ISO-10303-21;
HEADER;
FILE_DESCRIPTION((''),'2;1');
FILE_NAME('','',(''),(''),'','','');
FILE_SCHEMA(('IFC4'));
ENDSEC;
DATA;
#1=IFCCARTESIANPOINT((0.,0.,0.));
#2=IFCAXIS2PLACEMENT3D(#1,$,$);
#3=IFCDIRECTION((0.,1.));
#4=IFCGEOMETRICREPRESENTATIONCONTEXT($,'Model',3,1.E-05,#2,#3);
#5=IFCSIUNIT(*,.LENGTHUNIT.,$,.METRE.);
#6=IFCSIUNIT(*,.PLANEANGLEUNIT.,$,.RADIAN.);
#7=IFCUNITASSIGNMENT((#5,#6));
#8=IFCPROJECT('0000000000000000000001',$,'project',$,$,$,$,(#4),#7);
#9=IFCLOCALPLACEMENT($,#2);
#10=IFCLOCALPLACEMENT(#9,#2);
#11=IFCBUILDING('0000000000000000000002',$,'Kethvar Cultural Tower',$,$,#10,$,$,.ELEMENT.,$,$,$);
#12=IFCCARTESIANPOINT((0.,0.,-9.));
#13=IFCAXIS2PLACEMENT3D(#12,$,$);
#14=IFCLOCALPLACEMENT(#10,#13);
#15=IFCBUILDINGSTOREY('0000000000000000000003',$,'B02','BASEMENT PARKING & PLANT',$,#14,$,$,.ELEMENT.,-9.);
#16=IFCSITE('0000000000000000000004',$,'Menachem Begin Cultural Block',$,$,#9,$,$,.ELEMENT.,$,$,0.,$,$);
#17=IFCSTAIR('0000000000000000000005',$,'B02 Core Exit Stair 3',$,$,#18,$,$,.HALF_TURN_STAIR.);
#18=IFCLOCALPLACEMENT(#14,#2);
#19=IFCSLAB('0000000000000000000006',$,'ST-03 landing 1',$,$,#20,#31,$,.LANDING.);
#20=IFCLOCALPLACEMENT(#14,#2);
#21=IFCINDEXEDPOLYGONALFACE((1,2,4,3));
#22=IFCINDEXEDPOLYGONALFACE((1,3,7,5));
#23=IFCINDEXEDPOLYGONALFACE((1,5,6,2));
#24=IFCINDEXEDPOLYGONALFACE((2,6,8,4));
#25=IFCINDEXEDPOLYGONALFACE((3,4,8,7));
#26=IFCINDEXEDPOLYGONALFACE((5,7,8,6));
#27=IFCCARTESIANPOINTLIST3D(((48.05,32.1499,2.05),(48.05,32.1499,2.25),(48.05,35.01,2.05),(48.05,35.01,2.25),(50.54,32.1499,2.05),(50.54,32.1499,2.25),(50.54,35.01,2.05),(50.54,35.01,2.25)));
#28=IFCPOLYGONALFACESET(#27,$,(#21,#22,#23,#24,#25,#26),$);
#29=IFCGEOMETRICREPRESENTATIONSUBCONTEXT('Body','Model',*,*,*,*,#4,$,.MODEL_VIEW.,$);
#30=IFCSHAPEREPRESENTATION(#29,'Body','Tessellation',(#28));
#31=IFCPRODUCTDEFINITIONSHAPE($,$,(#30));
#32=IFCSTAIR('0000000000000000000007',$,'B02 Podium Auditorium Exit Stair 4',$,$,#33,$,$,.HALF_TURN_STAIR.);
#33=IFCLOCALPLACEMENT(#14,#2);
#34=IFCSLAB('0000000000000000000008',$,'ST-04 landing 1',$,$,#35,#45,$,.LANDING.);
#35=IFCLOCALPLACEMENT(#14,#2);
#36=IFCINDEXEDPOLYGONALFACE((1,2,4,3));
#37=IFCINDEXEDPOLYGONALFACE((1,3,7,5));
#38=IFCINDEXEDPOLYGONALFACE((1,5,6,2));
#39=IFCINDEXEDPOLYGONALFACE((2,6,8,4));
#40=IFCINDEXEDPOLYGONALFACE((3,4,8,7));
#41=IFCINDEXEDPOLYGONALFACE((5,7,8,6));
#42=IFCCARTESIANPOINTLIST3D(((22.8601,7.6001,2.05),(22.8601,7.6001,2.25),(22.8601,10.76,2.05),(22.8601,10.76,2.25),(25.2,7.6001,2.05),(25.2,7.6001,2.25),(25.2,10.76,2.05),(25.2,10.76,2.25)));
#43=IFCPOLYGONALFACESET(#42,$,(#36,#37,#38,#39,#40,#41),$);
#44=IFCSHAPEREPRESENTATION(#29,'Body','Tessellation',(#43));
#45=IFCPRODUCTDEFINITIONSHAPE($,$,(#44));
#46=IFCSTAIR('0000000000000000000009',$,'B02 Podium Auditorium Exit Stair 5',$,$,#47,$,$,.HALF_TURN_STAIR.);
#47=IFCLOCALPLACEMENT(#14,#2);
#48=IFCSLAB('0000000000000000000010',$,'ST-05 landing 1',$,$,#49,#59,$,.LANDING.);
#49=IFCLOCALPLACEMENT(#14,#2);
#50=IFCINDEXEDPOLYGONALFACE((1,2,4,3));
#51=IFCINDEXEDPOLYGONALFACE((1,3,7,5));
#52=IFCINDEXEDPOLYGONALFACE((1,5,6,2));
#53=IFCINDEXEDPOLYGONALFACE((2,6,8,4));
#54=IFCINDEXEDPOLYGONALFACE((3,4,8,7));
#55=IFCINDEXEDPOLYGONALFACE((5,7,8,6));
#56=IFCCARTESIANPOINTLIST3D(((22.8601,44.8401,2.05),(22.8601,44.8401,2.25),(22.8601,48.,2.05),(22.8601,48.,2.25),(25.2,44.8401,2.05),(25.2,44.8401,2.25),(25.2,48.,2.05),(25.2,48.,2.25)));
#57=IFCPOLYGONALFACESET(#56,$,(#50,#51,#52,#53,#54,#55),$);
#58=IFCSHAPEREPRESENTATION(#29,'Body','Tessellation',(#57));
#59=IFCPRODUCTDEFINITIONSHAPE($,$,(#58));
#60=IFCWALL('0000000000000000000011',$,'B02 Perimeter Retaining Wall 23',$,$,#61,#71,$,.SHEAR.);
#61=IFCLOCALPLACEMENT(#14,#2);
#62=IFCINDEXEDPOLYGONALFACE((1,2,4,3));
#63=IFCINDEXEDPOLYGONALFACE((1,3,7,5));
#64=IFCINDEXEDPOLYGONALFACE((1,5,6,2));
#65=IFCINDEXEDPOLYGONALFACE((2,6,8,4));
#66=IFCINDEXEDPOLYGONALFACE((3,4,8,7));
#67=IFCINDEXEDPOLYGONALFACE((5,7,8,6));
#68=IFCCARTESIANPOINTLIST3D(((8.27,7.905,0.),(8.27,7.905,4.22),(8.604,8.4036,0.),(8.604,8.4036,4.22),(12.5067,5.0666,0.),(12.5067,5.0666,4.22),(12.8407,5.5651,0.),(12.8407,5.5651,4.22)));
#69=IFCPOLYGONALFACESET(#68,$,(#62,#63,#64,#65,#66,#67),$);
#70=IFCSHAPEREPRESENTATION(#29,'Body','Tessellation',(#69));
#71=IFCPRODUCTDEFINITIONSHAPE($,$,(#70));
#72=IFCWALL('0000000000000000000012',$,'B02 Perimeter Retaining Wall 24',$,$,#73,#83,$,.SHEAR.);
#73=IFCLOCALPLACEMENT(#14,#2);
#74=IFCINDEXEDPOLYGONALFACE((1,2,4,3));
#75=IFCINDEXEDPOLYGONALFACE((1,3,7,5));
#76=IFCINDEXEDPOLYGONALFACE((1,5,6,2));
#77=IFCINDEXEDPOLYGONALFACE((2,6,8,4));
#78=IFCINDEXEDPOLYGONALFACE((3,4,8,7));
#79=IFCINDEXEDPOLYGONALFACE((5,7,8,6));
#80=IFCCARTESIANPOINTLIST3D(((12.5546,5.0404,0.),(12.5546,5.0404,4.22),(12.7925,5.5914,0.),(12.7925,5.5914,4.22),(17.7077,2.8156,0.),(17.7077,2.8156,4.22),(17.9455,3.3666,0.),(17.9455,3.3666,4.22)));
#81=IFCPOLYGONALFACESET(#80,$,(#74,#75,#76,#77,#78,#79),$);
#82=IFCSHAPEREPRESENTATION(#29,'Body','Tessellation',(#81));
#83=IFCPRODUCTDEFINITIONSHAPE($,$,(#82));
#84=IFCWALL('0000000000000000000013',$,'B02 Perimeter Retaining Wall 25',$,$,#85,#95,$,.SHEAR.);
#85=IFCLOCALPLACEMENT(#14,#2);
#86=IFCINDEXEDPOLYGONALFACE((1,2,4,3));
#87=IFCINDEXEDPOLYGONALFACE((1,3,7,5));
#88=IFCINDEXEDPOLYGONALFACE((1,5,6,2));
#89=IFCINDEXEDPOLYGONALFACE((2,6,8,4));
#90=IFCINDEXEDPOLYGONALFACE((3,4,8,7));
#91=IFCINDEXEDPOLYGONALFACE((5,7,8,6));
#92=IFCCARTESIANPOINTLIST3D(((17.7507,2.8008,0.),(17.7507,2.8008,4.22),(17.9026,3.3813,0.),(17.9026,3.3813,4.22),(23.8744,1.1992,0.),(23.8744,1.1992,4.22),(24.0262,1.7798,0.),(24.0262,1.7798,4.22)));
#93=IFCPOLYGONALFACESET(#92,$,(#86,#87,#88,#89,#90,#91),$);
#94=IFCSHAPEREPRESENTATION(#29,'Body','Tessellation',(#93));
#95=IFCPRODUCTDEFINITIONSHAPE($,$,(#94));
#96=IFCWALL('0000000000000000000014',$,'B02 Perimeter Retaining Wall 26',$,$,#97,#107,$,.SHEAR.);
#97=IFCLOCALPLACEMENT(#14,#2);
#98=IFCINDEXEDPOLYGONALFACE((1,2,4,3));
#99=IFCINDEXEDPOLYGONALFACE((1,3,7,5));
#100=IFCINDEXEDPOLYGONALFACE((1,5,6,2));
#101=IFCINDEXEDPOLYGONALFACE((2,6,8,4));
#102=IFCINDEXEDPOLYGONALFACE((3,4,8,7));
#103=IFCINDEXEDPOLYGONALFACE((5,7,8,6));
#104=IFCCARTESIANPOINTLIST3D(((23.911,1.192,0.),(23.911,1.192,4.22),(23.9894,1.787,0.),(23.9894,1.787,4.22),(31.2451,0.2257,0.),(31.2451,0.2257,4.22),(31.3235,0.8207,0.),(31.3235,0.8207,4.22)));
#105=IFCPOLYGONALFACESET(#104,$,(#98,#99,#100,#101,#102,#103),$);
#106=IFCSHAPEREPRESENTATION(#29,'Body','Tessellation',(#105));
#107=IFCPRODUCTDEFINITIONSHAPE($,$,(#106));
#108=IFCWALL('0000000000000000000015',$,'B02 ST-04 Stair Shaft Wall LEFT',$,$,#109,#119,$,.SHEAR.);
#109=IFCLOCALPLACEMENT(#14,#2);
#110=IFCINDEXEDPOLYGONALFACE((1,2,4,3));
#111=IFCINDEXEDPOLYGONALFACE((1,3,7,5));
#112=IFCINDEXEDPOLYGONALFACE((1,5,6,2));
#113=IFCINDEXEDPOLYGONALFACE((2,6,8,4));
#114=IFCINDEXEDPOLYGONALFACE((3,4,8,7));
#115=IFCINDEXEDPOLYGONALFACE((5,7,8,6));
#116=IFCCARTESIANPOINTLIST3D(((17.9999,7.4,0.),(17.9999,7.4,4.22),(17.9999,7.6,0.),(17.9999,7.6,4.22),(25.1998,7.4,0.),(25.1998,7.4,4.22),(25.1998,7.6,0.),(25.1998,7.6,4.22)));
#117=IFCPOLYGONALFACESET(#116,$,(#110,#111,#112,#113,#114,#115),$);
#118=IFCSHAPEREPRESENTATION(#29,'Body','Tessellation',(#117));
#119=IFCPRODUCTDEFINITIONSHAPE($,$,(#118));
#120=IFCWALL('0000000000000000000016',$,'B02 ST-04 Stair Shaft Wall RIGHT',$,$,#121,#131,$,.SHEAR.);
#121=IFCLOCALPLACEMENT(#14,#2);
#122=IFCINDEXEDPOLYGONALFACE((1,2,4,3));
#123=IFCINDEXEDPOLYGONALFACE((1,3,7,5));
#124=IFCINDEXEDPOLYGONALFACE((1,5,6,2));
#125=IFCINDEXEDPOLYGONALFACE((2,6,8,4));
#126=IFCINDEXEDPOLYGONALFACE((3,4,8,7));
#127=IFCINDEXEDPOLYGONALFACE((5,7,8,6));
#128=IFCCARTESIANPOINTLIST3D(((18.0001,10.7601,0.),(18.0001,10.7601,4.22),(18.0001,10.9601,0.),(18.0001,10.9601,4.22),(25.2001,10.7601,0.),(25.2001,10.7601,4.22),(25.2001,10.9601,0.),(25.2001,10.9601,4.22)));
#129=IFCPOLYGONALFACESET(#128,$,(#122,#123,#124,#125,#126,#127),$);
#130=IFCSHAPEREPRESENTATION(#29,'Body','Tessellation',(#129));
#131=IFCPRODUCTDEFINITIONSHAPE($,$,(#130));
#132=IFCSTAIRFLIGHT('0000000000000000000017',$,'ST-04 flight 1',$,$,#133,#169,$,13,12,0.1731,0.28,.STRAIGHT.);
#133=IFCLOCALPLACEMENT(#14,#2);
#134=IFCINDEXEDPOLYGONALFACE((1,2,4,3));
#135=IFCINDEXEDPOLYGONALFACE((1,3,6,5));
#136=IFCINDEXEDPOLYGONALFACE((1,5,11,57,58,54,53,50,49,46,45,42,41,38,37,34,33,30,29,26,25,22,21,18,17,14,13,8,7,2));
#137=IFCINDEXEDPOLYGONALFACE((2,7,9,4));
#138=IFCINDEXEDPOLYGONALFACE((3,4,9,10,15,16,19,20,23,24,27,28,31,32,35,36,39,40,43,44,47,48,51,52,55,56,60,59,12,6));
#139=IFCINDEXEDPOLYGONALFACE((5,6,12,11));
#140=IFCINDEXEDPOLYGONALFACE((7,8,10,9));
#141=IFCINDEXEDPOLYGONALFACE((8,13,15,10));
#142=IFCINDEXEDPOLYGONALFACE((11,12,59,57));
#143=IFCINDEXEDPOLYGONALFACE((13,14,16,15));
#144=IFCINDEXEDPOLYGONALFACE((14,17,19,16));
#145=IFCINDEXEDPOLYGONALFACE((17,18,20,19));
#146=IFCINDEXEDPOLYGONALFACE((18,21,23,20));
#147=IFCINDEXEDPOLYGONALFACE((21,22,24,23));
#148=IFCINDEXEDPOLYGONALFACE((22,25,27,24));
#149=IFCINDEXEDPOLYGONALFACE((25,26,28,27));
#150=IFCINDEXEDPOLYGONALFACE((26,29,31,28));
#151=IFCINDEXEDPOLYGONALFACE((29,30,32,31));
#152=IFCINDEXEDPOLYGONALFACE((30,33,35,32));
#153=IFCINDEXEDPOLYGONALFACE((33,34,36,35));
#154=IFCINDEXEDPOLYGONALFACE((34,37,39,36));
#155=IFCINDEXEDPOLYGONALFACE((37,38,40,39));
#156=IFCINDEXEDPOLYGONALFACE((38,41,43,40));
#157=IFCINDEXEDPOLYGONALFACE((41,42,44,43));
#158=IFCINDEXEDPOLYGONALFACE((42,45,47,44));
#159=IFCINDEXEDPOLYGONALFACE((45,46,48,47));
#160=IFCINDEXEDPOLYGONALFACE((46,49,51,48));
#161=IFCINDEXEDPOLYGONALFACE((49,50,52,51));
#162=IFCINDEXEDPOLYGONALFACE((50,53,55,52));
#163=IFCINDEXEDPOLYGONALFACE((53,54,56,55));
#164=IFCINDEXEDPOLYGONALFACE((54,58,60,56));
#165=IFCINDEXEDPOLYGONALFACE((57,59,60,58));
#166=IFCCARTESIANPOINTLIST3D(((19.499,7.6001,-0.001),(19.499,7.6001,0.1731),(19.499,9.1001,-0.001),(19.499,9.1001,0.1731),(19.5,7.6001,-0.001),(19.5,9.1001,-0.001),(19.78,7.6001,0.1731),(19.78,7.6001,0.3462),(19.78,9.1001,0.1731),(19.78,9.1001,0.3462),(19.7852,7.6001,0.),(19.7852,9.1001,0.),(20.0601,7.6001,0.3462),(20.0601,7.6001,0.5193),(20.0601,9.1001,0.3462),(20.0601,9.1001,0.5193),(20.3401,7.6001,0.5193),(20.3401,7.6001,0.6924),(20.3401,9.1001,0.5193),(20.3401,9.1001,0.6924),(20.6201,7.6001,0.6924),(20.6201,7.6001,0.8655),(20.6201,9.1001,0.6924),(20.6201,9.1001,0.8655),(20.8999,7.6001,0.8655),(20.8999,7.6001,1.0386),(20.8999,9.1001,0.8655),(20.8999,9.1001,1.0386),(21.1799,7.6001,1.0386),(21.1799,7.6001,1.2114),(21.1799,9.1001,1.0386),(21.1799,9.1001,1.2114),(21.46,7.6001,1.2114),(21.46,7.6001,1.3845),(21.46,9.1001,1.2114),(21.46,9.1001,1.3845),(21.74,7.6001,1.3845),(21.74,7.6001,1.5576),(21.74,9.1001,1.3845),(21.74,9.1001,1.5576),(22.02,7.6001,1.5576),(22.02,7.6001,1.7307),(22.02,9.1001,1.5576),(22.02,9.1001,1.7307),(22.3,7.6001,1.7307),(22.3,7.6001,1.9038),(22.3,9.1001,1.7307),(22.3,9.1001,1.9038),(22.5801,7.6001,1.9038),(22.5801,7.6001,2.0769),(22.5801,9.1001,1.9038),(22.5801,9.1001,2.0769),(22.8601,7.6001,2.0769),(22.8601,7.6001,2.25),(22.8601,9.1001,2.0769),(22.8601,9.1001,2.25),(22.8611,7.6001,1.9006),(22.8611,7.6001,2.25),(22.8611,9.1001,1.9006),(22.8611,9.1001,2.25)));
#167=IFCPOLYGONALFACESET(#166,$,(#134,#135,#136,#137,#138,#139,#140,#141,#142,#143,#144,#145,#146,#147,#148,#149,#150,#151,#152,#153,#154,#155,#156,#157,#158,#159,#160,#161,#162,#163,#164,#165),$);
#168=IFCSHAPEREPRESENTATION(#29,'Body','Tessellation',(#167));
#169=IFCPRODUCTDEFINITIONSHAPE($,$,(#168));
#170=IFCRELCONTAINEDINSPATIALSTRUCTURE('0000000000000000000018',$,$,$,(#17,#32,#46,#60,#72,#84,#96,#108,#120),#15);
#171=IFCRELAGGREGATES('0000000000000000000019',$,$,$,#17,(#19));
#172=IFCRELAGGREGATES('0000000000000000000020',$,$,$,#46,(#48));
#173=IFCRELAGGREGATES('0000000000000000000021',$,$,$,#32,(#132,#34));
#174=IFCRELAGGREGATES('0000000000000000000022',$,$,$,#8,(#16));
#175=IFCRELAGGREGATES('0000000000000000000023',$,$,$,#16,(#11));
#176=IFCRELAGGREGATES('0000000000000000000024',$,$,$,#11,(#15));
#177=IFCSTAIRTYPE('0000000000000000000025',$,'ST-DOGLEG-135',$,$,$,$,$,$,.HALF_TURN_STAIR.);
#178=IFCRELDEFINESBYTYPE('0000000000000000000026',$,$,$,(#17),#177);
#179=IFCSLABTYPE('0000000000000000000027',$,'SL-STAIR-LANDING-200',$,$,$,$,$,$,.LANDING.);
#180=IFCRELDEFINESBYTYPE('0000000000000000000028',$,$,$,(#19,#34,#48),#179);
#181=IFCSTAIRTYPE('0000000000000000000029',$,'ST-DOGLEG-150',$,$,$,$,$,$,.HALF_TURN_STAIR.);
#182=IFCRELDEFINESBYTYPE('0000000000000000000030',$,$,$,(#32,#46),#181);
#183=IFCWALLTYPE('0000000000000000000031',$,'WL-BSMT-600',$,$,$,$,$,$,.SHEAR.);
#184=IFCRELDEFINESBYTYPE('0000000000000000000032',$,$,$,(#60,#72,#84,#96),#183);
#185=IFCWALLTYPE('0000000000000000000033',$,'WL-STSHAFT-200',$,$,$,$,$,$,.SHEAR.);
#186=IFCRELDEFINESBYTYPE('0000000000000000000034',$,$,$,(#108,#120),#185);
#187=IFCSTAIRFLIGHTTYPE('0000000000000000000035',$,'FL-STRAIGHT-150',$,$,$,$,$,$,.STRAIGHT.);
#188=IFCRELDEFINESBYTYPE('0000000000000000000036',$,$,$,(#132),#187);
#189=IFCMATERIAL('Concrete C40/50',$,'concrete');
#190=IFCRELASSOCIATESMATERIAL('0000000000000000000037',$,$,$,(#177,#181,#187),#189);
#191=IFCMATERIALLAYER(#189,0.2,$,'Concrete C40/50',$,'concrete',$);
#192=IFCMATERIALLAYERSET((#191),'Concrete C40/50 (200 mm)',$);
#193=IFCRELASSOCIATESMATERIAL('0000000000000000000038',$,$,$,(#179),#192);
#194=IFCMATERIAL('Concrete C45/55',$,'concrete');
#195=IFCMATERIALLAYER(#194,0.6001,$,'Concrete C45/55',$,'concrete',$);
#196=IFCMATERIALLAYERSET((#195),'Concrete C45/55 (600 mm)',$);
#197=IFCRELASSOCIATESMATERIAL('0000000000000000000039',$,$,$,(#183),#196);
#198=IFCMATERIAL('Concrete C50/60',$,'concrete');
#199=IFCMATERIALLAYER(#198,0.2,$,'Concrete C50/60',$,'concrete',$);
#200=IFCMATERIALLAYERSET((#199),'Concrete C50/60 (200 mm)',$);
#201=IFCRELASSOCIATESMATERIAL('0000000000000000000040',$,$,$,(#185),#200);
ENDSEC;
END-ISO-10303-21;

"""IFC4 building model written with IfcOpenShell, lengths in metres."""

from ifc_helpers import new_model, si_unit, direction, frame, frame_2d, origin, place, context, subcontext, project, spatial, polyline, rectangle, outline, extrude, material, layer, layer_set, type_object, element, aggregate, save


model = new_model("IFC4")

# Units and contexts
model_context = context("Model", 3, precision=1e-05, world=origin(), true_north=direction((0.0, 1.0)))
body_context = subcontext(model_context, "Body", "Model", "MODEL_VIEW")
ifc_project = project(units=[si_unit("LENGTHUNIT", "METRE"), si_unit("PLANEANGLEUNIT", "RADIAN")], contexts=[model_context])

# Site, building, storey
site_placement = place(None, origin())
site = spatial("IfcSite", under=ifc_project, at=site_placement, Name="Menachem Begin Cultural Block", CompositionType="ELEMENT", RefElevation=0.0)
building_placement = place(site_placement, origin())
building = spatial("IfcBuilding", under=site, at=building_placement, Name="Kethvar Cultural Tower", CompositionType="ELEMENT")
storey_placement = place(building_placement, frame((0.0, 0.0, -9.0)))
storey = spatial("IfcBuildingStorey", under=building, at=storey_placement, Name="B02", Description="BASEMENT PARKING & PLANT", CompositionType="ELEMENT", Elevation=-9.0)

# Shared definitions
ifc_material_1 = material(Name="Concrete C50/60", Category="concrete")

# Shared definitions
ifc_material_2 = material(Name="Concrete C45/55", Category="concrete")

# Stairs, slabs
ifc_material_3 = material(Name="Concrete C40/50", Category="concrete")
stair_type_1 = type_object("IfcStairType", Name="ST-DOGLEG-135", PredefinedType="HALF_TURN_STAIR", material=ifc_material_3)
ifc_layer_1 = layer(ifc_material_3, 0.2, Name="Concrete C40/50", Category="concrete")
ifc_layer_set_1 = layer_set([ifc_layer_1], Name="Concrete C40/50 (200 mm)")
slab_type_1 = type_object("IfcSlabType", Name="SL-STAIR-LANDING-200", PredefinedType="LANDING", material=ifc_layer_set_1)
stair_1_placement = place(storey_placement, origin())
stair_1 = element("IfcStair", 1, at=stair_1_placement, inside=storey, type_object=stair_type_1, Name="B02 Core Exit Stair 3", PredefinedType="HALF_TURN_STAIR")
slab_1_placement = place(storey_placement, frame((0.0, 0.0, 2.05)))
slab_1 = element("IfcSlab", 2, at=slab_1_placement, type_object=slab_type_1, Name="ST-03 landing 1", PredefinedType="LANDING", context=body_context, shape_type="SweptSolid", body=[
    extrude(outline(polyline([(50.54, 35.01), (48.05, 35.01), (48.05, 32.1499), (50.54, 32.1499), (50.54, 35.01)])), origin(), (0.0, 0.0, 1.0), 0.2),
])
aggregate(stair_1, [slab_1])
stair_type_2 = type_object("IfcStairType", Name="ST-DOGLEG-150", PredefinedType="HALF_TURN_STAIR", material=ifc_material_3)
stair_2_placement = place(storey_placement, origin())
stair_2 = element("IfcStair", 3, at=stair_2_placement, inside=storey, type_object=stair_type_2, Name="B02 Podium Auditorium Exit Stair 4", PredefinedType="HALF_TURN_STAIR")
slab_2_placement = place(storey_placement, frame((0.0, 0.0, 2.05)))
slab_2 = element("IfcSlab", 4, at=slab_2_placement, type_object=slab_type_1, Name="ST-04 landing 1", PredefinedType="LANDING", context=body_context, shape_type="SweptSolid", body=[
    extrude(outline(polyline([(22.8601, 7.6001), (25.2, 7.6001), (25.2, 10.76), (22.8601, 10.76), (22.8601, 7.6001)])), origin(), (0.0, 0.0, 1.0), 0.2),
])
stair_3_placement = place(storey_placement, origin())
stair_3 = element("IfcStair", 5, at=stair_3_placement, inside=storey, type_object=stair_type_2, Name="B02 Podium Auditorium Exit Stair 5", PredefinedType="HALF_TURN_STAIR")
slab_3_placement = place(storey_placement, frame((0.0, 0.0, 2.05)))
slab_3 = element("IfcSlab", 6, at=slab_3_placement, type_object=slab_type_1, Name="ST-05 landing 1", PredefinedType="LANDING", context=body_context, shape_type="SweptSolid", body=[
    extrude(outline(polyline([(22.8601, 44.8401), (25.2, 44.8401), (25.2, 48.0), (22.8601, 48.0), (22.8601, 44.8401)])), origin(), (0.0, 0.0, 1.0), 0.2),
])
aggregate(stair_3, [slab_3])

# Walls
ifc_layer_2 = layer(ifc_material_2, 0.6001, Name="Concrete C45/55", Category="concrete")
ifc_layer_set_2 = layer_set([ifc_layer_2], Name="Concrete C45/55 (600 mm)")
wall_type_1 = type_object("IfcWallType", Name="WL-BSMT-600", PredefinedType="SHEAR", material=ifc_layer_set_2)
wall_1_placement = place(storey_placement, frame((8.437, 8.1543, 0.0), z_axis=(0.0, 0.0, 1.0), x_axis=(0.830781, -0.556599, 0.0)))
element("IfcWall", 7, at=wall_1_placement, inside=storey, type_object=wall_type_1, Name="B02 Perimeter Retaining Wall 23", PredefinedType="SHEAR", context=body_context, shape_type="SweptSolid", body=[
    extrude(rectangle(XDim=5.0996, YDim=0.6001, at=frame_2d((2.5498, 0.0))), origin(), (0.0, 0.0, 1.0), 4.22),
])
wall_2_placement = place(storey_placement, frame((12.6736, 5.3159, 0.0), z_axis=(0.0, 0.0, 1.0), x_axis=(0.918084, -0.396385, 0.0)))
element("IfcWall", 8, at=wall_2_placement, inside=storey, type_object=wall_type_1, Name="B02 Perimeter Retaining Wall 24", PredefinedType="SHEAR", context=body_context, shape_type="SweptSolid", body=[
    extrude(rectangle(XDim=5.6128, YDim=0.6001, at=frame_2d((2.8064, 0.0))), origin(), (0.0, 0.0, 1.0), 4.22),
])
wall_3_placement = place(storey_placement, frame((17.8267, 3.0911, 0.0), z_axis=(0.0, 0.0, 1.0), x_axis=(0.967458, -0.253031, 0.0)))
element("IfcWall", 9, at=wall_3_placement, inside=storey, type_object=wall_type_1, Name="B02 Perimeter Retaining Wall 25", PredefinedType="SHEAR", context=body_context, shape_type="SweptSolid", body=[
    extrude(rectangle(XDim=6.3296, YDim=0.6001, at=frame_2d((3.1648, 0.0))), origin(), (0.0, 0.0, 1.0), 4.22),
])
wall_4_placement = place(storey_placement, frame((23.9502, 1.4895, 0.0), z_axis=(0.0, 0.0, 1.0), x_axis=(0.991431, -0.130629, 0.0)))
element("IfcWall", 10, at=wall_4_placement, inside=storey, type_object=wall_type_1, Name="B02 Perimeter Retaining Wall 26", PredefinedType="SHEAR", context=body_context, shape_type="SweptSolid", body=[
    extrude(rectangle(XDim=7.3975, YDim=0.6001, at=frame_2d((3.6987, 0.0))), origin(), (0.0, 0.0, 1.0), 4.22),
])

# Shared definitions
ifc_layer_3 = layer(ifc_material_1, 0.2, Name="Concrete C50/60", Category="concrete")
ifc_layer_set_3 = layer_set([ifc_layer_3], Name="Concrete C50/60 (200 mm)")
wall_type_2 = type_object("IfcWallType", Name="WL-STSHAFT-200", PredefinedType="SHEAR", material=ifc_layer_set_3)

# Walls
for number, where, z_axis, x_axis, name in (
    (11, (25.2, 7.5, 0.0), (0.0, 0.0, 1.0), (-1.0, 0.0, 0.0), "B02 ST-04 Stair Shaft Wall LEFT"),
    (12, (18.0, 10.8601, 0.0), (0.0, 0.0, 1.0), (1.0, 0.0, 0.0), "B02 ST-04 Stair Shaft Wall RIGHT"),
):
    element("IfcWall", number, at=place(storey_placement, frame(where, z_axis=z_axis, x_axis=x_axis)), inside=storey, type_object=wall_type_2, Name=name, PredefinedType="SHEAR", context=body_context, shape_type="SweptSolid", body=[
        extrude(rectangle(XDim=7.2, YDim=0.2, at=frame_2d((3.6001, 0.0))), origin(), (0.0, 0.0, 1.0), 4.22),
    ])

# Stair flight
stair_flight_type = type_object("IfcStairFlightType", Name="FL-STRAIGHT-150", PredefinedType="STRAIGHT", material=ifc_material_3)
stair_flight_1_placement = place(storey_placement, frame((19.5, 8.3501, 0.0), z_axis=(0.0, 0.0, 1.0), x_axis=(1.0, 0.0, 0.0)))
stair_flight_1 = element("IfcStairFlight", 13, at=stair_flight_1_placement, type_object=stair_flight_type, Name="ST-04 flight 1", NumberOfRisers=13, NumberOfTreads=12, PredefinedType="STRAIGHT", RiserHeight=0.1731, TreadLength=0.28, context=body_context, shape_type="SweptSolid", body=[
    extrude(outline(polyline([(-0.001, -0.001), (-0.001, 0.1731), (0.28, 0.1731), (0.28, 0.3462), (0.5601, 0.3462), (0.5601, 0.5193), (0.8401, 0.5193), (0.8401, 0.6924), (1.1201, 0.6924), (1.1201, 0.8655), (1.3999, 0.8655), (1.3999, 1.0386), (1.6799, 1.0386), (1.6799, 1.2114), (1.96, 1.2114), (1.96, 1.3845), (2.24, 1.3845), (2.24, 1.5576), (2.52, 1.5576), (2.52, 1.7307), (2.8, 1.7307), (2.8, 1.9038), (3.0801, 1.9038), (3.0801, 2.0769), (3.3601, 2.0769), (3.3601, 2.25), (3.3611, 2.25), (3.3611, 1.9006), (0.2852, 0.0), (0.0, -0.001), (-0.001, -0.001)])), frame((0.0, 0.75, 0.0), z_axis=(0.0, -1.0, 0.0), x_axis=(1.0, 0.0, 0.0)), (0.0, 0.0, 1.0), 1.5),
])
aggregate(stair_2, [stair_flight_1, slab_2])

save(model, "model.ifc")
